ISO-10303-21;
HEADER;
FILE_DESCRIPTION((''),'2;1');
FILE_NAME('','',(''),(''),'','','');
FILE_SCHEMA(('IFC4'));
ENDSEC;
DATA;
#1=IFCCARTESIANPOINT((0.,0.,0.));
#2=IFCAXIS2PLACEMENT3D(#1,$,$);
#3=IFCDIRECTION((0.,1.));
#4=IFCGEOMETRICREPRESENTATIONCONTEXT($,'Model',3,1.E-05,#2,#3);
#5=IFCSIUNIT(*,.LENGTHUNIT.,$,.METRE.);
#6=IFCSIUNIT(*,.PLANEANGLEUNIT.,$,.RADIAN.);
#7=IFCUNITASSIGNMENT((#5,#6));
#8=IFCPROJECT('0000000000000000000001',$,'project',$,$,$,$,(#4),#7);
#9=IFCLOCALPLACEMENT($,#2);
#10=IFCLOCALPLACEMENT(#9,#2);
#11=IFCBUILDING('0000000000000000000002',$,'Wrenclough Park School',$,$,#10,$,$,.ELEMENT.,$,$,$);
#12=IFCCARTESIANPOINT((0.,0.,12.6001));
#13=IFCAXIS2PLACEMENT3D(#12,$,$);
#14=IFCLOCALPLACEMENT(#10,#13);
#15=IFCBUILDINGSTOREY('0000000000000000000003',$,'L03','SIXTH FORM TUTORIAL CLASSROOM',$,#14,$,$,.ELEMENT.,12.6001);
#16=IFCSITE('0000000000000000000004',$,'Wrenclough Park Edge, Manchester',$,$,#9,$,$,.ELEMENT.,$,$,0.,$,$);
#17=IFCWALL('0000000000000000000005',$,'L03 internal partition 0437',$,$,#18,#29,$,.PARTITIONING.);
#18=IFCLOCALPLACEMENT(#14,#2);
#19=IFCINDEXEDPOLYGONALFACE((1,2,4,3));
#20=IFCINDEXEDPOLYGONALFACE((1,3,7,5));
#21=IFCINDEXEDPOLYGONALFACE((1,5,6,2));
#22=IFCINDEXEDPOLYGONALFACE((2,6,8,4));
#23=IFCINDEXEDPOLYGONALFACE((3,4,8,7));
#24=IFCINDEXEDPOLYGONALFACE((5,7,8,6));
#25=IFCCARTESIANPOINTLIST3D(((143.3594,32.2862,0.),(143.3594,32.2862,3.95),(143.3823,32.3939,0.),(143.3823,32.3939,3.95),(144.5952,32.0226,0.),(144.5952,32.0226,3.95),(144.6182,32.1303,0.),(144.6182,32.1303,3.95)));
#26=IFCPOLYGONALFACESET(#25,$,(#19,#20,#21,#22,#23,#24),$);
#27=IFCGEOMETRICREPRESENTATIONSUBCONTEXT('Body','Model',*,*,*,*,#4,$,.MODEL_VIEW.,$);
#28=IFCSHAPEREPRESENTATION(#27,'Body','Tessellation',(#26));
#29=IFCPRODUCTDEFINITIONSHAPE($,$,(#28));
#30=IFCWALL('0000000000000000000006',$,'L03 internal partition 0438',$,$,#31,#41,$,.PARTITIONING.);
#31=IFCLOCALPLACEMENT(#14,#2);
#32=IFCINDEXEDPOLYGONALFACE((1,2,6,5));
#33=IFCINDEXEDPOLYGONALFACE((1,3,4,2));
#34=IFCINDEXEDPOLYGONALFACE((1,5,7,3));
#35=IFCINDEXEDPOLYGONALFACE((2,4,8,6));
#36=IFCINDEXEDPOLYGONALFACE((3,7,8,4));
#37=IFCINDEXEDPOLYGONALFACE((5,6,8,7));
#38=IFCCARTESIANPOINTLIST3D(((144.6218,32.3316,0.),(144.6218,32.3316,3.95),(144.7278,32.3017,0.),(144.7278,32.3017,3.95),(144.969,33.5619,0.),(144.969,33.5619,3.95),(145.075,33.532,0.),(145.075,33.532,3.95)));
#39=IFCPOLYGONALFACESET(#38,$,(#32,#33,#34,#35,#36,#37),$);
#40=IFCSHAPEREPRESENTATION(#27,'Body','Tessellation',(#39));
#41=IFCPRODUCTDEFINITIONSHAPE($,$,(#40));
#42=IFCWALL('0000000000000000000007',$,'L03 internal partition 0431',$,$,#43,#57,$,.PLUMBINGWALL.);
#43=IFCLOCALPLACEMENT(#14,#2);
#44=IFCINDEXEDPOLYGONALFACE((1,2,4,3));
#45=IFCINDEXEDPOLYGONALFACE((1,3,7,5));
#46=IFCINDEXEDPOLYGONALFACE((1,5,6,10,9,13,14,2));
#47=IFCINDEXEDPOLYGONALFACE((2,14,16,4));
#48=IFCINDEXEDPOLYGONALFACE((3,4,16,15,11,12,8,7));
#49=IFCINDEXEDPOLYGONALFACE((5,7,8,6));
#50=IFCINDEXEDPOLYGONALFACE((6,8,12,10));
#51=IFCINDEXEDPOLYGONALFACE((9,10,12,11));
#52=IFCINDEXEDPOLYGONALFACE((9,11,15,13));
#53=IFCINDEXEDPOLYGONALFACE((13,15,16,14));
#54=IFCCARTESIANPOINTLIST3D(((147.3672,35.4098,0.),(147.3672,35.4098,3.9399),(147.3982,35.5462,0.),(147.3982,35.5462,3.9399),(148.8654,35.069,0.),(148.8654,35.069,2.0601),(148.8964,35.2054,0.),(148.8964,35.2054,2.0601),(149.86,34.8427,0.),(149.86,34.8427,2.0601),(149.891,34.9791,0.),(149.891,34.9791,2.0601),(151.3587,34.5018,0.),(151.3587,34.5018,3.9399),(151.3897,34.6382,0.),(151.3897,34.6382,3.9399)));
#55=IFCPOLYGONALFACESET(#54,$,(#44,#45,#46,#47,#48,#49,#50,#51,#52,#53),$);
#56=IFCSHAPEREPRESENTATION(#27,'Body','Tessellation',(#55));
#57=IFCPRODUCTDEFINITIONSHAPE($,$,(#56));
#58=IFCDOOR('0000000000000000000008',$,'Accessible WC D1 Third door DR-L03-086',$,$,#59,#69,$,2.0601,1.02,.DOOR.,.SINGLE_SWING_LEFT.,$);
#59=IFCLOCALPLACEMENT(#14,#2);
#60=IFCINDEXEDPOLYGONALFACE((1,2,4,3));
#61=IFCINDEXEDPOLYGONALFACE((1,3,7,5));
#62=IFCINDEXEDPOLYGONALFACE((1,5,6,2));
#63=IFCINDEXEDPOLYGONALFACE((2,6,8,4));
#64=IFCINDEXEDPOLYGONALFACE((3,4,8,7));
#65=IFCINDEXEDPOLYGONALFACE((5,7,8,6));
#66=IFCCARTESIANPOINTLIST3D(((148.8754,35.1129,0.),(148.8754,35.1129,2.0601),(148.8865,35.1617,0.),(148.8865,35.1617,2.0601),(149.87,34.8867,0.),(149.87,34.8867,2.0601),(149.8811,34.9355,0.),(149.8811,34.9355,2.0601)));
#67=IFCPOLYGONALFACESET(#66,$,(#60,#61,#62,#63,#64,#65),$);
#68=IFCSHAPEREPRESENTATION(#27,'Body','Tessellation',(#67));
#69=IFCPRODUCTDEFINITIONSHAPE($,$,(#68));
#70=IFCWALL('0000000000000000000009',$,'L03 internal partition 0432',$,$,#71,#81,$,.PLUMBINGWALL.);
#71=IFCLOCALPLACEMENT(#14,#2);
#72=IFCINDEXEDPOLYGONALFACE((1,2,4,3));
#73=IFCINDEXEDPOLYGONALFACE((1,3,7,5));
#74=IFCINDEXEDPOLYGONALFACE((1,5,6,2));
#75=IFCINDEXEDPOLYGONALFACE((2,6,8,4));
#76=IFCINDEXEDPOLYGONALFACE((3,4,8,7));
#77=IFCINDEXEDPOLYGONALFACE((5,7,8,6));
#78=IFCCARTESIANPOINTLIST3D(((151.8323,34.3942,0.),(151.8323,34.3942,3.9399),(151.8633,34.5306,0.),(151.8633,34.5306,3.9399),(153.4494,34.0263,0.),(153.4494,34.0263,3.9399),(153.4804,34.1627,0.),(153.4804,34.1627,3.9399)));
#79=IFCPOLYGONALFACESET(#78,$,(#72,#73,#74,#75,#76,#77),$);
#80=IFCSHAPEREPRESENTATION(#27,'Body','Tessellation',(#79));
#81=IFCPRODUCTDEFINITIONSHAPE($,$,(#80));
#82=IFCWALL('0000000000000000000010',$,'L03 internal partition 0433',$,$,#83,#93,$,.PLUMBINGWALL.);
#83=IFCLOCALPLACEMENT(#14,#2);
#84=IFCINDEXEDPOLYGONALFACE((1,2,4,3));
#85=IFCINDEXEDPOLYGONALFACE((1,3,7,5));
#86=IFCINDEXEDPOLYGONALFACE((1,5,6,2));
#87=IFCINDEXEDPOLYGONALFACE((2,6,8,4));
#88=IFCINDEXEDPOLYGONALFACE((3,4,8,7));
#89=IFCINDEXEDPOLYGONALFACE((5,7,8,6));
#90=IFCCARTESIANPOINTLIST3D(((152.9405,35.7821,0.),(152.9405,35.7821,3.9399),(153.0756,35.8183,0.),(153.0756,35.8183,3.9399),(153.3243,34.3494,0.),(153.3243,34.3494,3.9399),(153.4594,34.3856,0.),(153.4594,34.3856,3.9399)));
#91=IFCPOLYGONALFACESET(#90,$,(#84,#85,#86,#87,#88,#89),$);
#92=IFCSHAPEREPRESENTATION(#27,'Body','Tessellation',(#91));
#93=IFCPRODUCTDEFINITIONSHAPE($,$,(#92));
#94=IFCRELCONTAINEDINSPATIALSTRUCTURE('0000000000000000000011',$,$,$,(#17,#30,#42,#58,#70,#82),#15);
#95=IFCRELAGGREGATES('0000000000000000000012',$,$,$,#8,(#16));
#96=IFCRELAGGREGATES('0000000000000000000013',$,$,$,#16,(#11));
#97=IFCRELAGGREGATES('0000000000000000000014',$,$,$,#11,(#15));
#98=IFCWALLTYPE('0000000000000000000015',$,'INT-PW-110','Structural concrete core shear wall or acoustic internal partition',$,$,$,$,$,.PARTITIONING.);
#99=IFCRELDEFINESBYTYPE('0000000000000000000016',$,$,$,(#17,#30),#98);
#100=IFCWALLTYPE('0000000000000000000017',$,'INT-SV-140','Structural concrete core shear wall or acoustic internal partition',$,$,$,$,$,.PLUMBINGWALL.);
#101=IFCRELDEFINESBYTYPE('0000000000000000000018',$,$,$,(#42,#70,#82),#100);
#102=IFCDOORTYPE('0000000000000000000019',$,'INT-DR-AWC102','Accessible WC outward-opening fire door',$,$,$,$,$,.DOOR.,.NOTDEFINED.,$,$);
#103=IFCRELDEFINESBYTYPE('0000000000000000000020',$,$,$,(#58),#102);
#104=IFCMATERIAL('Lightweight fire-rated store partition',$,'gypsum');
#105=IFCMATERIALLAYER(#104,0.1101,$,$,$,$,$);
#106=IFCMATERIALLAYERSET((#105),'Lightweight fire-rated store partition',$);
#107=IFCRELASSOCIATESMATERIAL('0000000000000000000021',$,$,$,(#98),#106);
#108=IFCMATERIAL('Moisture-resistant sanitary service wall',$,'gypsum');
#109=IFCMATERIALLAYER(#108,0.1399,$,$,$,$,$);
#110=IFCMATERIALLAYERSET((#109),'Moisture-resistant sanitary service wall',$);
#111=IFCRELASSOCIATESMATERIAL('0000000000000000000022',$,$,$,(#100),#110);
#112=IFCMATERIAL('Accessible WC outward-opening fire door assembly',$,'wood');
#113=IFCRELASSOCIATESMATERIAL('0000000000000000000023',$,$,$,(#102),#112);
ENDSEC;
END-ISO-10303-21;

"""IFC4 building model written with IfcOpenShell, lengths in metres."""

from ifc_helpers import new_model, si_unit, direction, frame, frame_2d, origin, place, context, subcontext, project, spatial, rectangle, extrude, material, layer, layer_set, type_object, element, fill, save


model = new_model("IFC4")

# Units and contexts
model_context = context("Model", 3, precision=1e-05, world=origin(), true_north=direction((0.0, 1.0)))
body_context = subcontext(model_context, "Body", "Model", "MODEL_VIEW")
ifc_project = project(units=[si_unit("LENGTHUNIT", "METRE"), si_unit("PLANEANGLEUNIT", "RADIAN")], contexts=[model_context])

# Site, building, storey
site_placement = place(None, origin())
site = spatial("IfcSite", under=ifc_project, at=site_placement, Name="Wrenclough Park Edge, Manchester", CompositionType="ELEMENT", RefElevation=0.0)
building_placement = place(site_placement, origin())
building = spatial("IfcBuilding", under=site, at=building_placement, Name="Wrenclough Park School", CompositionType="ELEMENT")
storey_placement = place(building_placement, frame((0.0, 0.0, 12.6001)))
storey = spatial("IfcBuildingStorey", under=building, at=storey_placement, Name="L03", Description="SIXTH FORM TUTORIAL CLASSROOM", CompositionType="ELEMENT", Elevation=12.6001)

# Walls
ifc_material_1 = material(Name="Lightweight fire-rated store partition", Category="gypsum")
ifc_layer_1 = layer(ifc_material_1, 0.1101)
ifc_layer_set_1 = layer_set([ifc_layer_1], Name="Lightweight fire-rated store partition")
wall_type_1 = type_object("IfcWallType", Name="INT-PW-110", Description="Structural concrete core shear wall or acoustic internal partition", PredefinedType="PARTITIONING", material=ifc_layer_set_1)
wall_1_placement = place(storey_placement, frame((143.3708, 32.3401, 0.0), z_axis=(0.0, 0.0, 1.0), x_axis=(0.977989, -0.208658, 0.0)))
element("IfcWall", 1, at=wall_1_placement, inside=storey, type_object=wall_type_1, Name="L03 internal partition 0437", PredefinedType="PARTITIONING", context=body_context, shape_type="SweptSolid", body=[
    extrude(rectangle(XDim=1.2637, YDim=0.1101, at=frame_2d((0.6318, 0.0))), origin(), (0.0, 0.0, 1.0), 3.95),
])
wall_2_placement = place(storey_placement, frame((144.6748, 32.3167, 0.0), z_axis=(0.0, 0.0, 1.0), x_axis=(0.271592, 0.962413, 0.0)))
element("IfcWall", 2, at=wall_2_placement, inside=storey, type_object=wall_type_1, Name="L03 internal partition 0438", PredefinedType="PARTITIONING", context=body_context, shape_type="SweptSolid", body=[
    extrude(rectangle(XDim=1.2783, YDim=0.1101, at=frame_2d((0.6392, 0.0))), origin(), (0.0, 0.0, 1.0), 3.95),
])

# Wall, opening, door
ifc_material_2 = material(Name="Moisture-resistant sanitary service wall", Category="gypsum")
ifc_layer_2 = layer(ifc_material_2, 0.1399)
ifc_layer_set_2 = layer_set([ifc_layer_2], Name="Moisture-resistant sanitary service wall")
wall_type_2 = type_object("IfcWallType", Name="INT-SV-140", Description="Structural concrete core shear wall or acoustic internal partition", PredefinedType="PLUMBINGWALL", material=ifc_layer_set_2)
wall_3_placement = place(storey_placement, frame((147.3826, 35.478, 0.0), z_axis=(0.0, 0.0, 1.0), x_axis=(0.97509, -0.221809, 0.0)))
wall_3 = element("IfcWall", 3, at=wall_3_placement, inside=storey, type_object=wall_type_2, Name="L03 internal partition 0431", PredefinedType="PLUMBINGWALL", context=body_context, shape_type="SweptSolid", body=[
    extrude(rectangle(XDim=4.0935, YDim=0.1399, at=frame_2d((2.0469, 0.0))), origin(), (0.0, 0.0, 1.0), 3.9399),
])
opening_1_placement = place(wall_3_placement, frame((1.5366, 0.0, 0.0)))
opening_1 = element("IfcOpeningElement", 4, at=opening_1_placement, cuts=wall_3, PredefinedType="OPENING", context=body_context, shape_type="SweptSolid", body=[
    extrude(rectangle(XDim=1.02, YDim=2.0601, at=frame_2d((0.51, 1.03))), frame((0.0, 0.0798, 0.0), z_axis=(0.0, -1.0, 0.0), x_axis=(1.0, 0.0, 0.0)), (0.0, 0.0, 1.0), 0.1599),
])
ifc_material_3 = material(Name="Accessible WC outward-opening fire door assembly", Category="wood")
door_type_1 = type_object("IfcDoorType", Name="INT-DR-AWC102", Description="Accessible WC outward-opening fire door", OperationType="NOTDEFINED", PredefinedType="DOOR", material=ifc_material_3)
door_1_placement = place(opening_1_placement, frame((1.02, 0.0, 0.0), z_axis=(0.0, 0.0, 1.0), x_axis=(-1.0, 0.0, 0.0)))
door_1 = element("IfcDoor", 5, at=door_1_placement, inside=storey, type_object=door_type_1, Name="Accessible WC D1 Third door DR-L03-086", OperationType="SINGLE_SWING_LEFT", OverallHeight=2.0601, OverallWidth=1.02, PredefinedType="DOOR", context=body_context, shape_type="SweptSolid", body=[
    extrude(rectangle(XDim=1.02, YDim=2.0601, at=frame_2d((0.51, 1.03))), frame((0.0, 0.0249, 0.0), z_axis=(0.0, -1.0, 0.0), x_axis=(1.0, 0.0, 0.0)), (0.0, 0.0, 1.0), 0.05),
])
fill(opening_1, door_1)

# Walls
wall_4_placement = place(storey_placement, frame((151.8479, 34.4624, 0.0), z_axis=(0.0, 0.0, 1.0), x_axis=(0.975084, -0.221837, 0.0)))
element("IfcWall", 6, at=wall_4_placement, inside=storey, type_object=wall_type_2, Name="L03 internal partition 0432", PredefinedType="PLUMBINGWALL", context=body_context, shape_type="SweptSolid", body=[
    extrude(rectangle(XDim=1.6584, YDim=0.1399, at=frame_2d((0.8291, 0.0))), origin(), (0.0, 0.0, 1.0), 3.9399),
])
wall_5_placement = place(storey_placement, frame((153.3918, 34.3674, 0.0), z_axis=(0.0, 0.0, 1.0), x_axis=(-0.258769, 0.965939, 0.0)))
element("IfcWall", 7, at=wall_5_placement, inside=storey, type_object=wall_type_2, Name="L03 internal partition 0433", PredefinedType="PLUMBINGWALL", context=body_context, shape_type="SweptSolid", body=[
    extrude(rectangle(XDim=1.4832, YDim=0.1399, at=frame_2d((0.7417, 0.0))), origin(), (0.0, 0.0, 1.0), 3.9399),
])

save(model, "model.ifc")
